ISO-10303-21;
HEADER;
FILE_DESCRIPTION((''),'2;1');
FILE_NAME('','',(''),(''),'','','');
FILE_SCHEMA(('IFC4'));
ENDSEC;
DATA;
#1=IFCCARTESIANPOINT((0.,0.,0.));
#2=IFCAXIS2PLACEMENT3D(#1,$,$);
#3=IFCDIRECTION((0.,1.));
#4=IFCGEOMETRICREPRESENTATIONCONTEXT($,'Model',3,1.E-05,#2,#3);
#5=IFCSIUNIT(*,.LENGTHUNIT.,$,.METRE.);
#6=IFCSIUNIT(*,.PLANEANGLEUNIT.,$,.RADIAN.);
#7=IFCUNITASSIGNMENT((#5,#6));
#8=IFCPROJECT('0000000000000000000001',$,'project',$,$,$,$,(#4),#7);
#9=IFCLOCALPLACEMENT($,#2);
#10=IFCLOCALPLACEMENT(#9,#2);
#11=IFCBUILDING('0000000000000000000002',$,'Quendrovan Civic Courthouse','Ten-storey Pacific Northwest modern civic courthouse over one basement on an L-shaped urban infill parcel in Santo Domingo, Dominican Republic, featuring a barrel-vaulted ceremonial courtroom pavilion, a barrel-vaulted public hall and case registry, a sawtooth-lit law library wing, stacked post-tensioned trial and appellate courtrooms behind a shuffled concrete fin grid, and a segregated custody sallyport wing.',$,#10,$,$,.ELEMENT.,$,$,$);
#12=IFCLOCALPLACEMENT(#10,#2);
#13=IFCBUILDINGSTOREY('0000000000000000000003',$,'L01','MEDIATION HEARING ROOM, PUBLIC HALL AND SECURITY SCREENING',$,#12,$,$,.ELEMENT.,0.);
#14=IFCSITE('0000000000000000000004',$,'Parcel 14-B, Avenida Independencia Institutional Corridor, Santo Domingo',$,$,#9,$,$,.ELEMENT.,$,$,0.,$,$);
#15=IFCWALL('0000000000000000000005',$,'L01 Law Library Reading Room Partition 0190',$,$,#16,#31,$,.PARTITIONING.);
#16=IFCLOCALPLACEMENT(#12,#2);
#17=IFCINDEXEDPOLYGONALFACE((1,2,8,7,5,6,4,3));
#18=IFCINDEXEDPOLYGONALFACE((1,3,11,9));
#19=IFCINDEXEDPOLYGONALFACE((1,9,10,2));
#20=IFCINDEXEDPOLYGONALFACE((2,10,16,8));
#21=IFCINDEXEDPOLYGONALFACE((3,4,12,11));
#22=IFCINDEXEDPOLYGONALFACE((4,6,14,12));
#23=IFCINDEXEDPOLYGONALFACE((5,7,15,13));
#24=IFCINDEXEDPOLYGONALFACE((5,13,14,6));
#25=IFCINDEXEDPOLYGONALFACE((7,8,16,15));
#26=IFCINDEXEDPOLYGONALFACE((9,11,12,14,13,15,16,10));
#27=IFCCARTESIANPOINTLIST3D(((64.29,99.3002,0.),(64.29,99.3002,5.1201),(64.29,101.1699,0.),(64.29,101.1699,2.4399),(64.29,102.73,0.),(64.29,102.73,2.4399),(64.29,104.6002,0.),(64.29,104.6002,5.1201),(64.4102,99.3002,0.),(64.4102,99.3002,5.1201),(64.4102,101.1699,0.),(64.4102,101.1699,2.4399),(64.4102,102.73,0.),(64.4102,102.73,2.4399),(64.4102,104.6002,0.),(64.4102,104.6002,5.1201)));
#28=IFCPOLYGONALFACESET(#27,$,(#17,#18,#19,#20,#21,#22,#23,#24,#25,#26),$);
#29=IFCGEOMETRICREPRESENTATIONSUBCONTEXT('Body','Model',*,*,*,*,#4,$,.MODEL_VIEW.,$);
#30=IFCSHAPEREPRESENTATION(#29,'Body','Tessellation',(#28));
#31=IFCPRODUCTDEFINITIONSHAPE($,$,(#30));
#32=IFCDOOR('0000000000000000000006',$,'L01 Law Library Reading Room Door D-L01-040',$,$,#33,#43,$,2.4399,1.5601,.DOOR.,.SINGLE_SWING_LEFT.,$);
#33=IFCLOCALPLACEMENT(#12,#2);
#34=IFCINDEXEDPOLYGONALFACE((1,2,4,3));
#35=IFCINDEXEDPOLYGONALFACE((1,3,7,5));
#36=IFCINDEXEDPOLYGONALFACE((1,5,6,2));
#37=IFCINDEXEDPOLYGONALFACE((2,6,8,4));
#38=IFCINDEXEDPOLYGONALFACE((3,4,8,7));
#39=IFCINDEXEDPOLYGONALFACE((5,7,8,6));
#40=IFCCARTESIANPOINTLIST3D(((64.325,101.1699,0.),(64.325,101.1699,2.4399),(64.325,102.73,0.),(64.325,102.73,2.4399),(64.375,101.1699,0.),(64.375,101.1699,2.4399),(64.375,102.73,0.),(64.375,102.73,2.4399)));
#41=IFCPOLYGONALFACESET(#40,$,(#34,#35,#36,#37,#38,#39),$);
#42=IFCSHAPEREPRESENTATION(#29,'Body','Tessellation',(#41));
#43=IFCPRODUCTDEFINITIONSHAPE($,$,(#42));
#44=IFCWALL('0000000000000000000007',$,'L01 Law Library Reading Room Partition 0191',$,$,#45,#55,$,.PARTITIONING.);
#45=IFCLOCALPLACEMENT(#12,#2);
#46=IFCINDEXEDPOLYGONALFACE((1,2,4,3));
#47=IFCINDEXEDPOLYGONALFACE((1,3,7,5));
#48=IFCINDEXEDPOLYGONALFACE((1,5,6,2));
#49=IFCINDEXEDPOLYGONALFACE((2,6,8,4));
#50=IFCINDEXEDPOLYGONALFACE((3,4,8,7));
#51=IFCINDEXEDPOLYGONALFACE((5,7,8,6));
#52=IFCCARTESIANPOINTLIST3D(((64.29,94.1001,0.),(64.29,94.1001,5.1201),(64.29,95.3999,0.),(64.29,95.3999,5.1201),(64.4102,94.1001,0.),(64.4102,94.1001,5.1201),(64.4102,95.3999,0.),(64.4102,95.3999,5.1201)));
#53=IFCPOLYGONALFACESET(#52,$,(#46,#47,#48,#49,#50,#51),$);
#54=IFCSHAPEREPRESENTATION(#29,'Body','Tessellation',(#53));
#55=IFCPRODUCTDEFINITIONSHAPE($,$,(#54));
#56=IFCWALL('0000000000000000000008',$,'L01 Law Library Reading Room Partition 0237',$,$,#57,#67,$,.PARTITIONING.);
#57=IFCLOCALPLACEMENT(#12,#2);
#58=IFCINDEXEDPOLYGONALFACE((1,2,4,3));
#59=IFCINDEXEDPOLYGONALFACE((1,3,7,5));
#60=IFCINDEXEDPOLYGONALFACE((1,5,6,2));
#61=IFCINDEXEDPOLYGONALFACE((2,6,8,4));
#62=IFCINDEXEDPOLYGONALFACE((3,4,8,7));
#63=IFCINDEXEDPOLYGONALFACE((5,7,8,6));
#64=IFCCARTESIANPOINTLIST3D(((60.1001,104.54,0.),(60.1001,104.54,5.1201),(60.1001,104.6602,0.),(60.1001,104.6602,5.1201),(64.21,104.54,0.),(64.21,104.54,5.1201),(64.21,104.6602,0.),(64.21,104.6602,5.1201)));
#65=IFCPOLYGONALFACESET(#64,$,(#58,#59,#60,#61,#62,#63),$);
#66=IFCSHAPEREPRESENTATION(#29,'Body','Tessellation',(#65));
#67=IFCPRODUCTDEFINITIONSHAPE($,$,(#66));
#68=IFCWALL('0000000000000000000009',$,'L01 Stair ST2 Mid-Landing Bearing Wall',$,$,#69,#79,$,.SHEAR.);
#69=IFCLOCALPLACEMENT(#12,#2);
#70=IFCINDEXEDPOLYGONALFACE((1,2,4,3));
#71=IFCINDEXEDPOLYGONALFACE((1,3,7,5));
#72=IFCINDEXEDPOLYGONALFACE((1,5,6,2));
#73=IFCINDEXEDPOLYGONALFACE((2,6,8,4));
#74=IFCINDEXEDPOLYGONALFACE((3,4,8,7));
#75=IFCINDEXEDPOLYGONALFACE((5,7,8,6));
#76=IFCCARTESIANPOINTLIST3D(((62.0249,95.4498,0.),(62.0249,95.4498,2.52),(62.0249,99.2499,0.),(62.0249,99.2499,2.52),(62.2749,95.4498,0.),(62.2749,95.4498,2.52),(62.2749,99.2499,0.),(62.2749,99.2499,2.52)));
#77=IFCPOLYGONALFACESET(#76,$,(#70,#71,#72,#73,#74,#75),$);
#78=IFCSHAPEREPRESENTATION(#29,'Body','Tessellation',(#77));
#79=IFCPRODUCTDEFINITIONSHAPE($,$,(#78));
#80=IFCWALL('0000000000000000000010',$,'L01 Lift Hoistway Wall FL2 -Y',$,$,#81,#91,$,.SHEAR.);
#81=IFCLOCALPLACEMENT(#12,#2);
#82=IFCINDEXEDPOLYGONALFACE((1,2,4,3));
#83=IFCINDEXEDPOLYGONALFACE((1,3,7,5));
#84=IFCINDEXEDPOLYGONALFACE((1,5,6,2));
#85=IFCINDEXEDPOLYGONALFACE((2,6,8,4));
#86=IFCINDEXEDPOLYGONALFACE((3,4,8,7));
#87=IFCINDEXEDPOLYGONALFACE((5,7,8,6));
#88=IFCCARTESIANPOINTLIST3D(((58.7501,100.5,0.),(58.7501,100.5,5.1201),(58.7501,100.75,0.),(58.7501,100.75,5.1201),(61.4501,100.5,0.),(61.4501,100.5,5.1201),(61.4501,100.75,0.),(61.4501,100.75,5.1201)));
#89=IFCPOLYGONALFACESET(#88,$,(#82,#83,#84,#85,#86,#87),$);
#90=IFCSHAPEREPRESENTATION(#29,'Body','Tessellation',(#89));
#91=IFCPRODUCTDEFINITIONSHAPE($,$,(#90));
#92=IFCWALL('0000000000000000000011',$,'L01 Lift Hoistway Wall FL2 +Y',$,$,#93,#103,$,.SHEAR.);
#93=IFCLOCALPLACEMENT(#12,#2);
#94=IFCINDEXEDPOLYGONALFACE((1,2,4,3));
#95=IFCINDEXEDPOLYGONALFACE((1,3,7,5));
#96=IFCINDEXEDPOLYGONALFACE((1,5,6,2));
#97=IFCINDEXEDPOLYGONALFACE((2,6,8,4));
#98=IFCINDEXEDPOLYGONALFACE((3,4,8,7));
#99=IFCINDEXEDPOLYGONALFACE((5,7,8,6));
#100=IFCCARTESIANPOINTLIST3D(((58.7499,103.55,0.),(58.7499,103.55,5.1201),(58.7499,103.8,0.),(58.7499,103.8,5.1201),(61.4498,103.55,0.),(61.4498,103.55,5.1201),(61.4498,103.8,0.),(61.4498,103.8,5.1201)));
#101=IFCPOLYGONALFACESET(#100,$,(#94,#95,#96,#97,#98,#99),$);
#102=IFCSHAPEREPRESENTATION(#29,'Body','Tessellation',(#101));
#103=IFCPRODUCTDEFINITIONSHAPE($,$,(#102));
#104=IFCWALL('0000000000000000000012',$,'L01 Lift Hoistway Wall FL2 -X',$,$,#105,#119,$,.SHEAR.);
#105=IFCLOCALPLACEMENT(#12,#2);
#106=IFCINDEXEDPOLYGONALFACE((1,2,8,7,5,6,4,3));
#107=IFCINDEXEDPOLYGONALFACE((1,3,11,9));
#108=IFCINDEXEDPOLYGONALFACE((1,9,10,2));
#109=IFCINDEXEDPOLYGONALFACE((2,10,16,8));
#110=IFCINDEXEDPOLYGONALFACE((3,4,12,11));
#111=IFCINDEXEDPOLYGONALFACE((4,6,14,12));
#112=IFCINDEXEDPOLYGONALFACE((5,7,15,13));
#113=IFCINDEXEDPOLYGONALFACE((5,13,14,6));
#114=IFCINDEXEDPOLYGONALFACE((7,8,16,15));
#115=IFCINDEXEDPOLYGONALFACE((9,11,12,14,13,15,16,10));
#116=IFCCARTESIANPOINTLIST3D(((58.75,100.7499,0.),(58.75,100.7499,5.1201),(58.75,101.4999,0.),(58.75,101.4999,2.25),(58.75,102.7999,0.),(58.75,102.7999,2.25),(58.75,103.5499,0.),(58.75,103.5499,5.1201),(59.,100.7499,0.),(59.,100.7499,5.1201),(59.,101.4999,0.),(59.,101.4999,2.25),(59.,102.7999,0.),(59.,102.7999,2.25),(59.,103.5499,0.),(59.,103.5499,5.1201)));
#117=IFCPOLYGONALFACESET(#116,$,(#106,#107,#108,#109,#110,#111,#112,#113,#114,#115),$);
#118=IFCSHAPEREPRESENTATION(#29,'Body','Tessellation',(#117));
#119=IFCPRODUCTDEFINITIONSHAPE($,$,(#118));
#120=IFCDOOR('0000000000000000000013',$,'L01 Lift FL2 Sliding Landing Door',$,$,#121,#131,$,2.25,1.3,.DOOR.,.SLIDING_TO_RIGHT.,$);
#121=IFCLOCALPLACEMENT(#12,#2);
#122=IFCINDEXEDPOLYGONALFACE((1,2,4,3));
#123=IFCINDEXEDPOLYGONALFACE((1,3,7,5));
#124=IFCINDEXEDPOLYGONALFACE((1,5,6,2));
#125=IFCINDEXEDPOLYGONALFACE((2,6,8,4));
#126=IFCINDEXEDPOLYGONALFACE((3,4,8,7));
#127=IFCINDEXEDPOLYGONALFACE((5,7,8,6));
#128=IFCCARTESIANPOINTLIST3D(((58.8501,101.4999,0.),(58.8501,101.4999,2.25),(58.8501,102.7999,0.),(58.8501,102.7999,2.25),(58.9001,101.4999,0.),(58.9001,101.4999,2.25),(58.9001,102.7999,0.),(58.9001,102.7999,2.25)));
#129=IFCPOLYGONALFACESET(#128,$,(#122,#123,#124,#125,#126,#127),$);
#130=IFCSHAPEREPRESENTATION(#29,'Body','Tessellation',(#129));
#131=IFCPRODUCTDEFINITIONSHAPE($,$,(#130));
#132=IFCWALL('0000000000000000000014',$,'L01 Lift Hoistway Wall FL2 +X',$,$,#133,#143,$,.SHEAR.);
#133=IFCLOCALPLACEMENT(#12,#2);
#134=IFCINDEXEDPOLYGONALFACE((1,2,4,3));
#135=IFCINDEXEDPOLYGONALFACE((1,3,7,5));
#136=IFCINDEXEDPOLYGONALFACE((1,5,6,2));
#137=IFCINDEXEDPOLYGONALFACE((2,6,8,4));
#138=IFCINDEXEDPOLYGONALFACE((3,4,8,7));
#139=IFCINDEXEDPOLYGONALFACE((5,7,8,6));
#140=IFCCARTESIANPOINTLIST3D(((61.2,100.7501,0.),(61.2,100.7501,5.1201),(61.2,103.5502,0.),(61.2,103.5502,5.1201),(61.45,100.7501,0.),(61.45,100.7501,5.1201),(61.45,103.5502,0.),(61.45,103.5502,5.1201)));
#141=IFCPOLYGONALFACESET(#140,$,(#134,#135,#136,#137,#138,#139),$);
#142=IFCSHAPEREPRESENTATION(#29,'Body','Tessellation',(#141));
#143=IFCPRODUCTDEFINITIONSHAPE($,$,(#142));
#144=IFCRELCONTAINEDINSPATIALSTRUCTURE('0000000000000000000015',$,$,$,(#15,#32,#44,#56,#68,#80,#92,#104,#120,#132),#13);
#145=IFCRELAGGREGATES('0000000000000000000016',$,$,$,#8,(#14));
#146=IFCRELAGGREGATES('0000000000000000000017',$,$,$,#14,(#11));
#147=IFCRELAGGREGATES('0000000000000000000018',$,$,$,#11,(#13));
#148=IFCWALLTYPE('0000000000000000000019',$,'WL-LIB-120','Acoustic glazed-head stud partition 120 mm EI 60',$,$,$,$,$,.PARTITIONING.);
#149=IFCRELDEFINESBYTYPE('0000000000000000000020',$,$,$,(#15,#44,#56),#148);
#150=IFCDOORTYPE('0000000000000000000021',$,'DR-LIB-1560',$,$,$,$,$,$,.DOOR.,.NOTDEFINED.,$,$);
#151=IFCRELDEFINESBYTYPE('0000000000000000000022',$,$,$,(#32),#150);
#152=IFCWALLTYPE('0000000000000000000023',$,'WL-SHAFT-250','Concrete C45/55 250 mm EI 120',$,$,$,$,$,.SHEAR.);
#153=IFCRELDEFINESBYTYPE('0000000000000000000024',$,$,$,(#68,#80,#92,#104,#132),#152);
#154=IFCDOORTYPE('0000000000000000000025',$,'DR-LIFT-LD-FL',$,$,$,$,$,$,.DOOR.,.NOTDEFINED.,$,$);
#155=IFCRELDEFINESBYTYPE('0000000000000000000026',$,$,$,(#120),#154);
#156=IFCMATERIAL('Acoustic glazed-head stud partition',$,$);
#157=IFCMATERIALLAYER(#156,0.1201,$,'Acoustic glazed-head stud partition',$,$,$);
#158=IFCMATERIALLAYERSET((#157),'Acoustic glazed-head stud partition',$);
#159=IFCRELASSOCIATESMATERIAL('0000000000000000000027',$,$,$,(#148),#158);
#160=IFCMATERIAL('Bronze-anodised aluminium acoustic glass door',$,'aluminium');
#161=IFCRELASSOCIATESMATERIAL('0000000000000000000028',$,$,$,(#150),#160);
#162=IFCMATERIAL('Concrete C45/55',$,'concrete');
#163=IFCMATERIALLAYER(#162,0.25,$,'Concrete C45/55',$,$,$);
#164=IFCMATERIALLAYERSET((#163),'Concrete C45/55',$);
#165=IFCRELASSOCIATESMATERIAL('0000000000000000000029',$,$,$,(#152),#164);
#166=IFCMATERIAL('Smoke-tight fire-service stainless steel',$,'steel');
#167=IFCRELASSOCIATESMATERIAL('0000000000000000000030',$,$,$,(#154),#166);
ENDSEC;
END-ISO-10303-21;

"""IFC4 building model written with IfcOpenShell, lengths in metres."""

from ifc_helpers import new_model, si_unit, direction, frame, frame_2d, origin, place, context, subcontext, project, spatial, rectangle, extrude, material, layer, layer_set, type_object, element, fill, save


model = new_model("IFC4")

# Units and contexts
model_context = context("Model", 3, precision=1e-05, world=origin(), true_north=direction((0.0, 1.0)))
body_context = subcontext(model_context, "Body", "Model", "MODEL_VIEW")
ifc_project = project(units=[si_unit("LENGTHUNIT", "METRE"), si_unit("PLANEANGLEUNIT", "RADIAN")], contexts=[model_context])

# Site, building, storey
site_placement = place(None, origin())
site = spatial("IfcSite", under=ifc_project, at=site_placement, Name="Parcel 14-B, Avenida Independencia Institutional Corridor, Santo Domingo", CompositionType="ELEMENT", RefElevation=0.0)
building_placement = place(site_placement, origin())
building = spatial("IfcBuilding", under=site, at=building_placement, Name="Quendrovan Civic Courthouse", Description="Ten-storey Pacific Northwest modern civic courthouse over one basement on an L-shaped urban infill parcel in Santo Domingo, Dominican Republic, featuring a barrel-vaulted ceremonial courtroom pavilion, a barrel-vaulted public hall and case registry, a sawtooth-lit law library wing, stacked post-tensioned trial and appellate courtrooms behind a shuffled concrete fin grid, and a segregated custody sallyport wing.", CompositionType="ELEMENT")
storey_placement = place(building_placement, origin())
storey = spatial("IfcBuildingStorey", under=building, at=storey_placement, Name="L01", Description="MEDIATION HEARING ROOM, PUBLIC HALL AND SECURITY SCREENING", CompositionType="ELEMENT", Elevation=0.0)

# Shared definitions
ifc_material_1 = material(Name="Concrete C45/55", Category="concrete")

# Wall, opening, door
ifc_material_2 = material(Name="Acoustic glazed-head stud partition")
ifc_layer_1 = layer(ifc_material_2, 0.1201, Name="Acoustic glazed-head stud partition")
ifc_layer_set_1 = layer_set([ifc_layer_1], Name="Acoustic glazed-head stud partition")
wall_type_1 = type_object("IfcWallType", Name="WL-LIB-120", Description="Acoustic glazed-head stud partition 120 mm EI 60", PredefinedType="PARTITIONING", material=ifc_layer_set_1)
wall_1_placement = place(storey_placement, frame((64.3501, 104.6001, 0.0), z_axis=(0.0, 0.0, 1.0), x_axis=(0.0, -1.0, 0.0)))
wall_1 = element("IfcWall", 1, at=wall_1_placement, inside=storey, type_object=wall_type_1, Name="L01 Law Library Reading Room Partition 0190", PredefinedType="PARTITIONING", context=body_context, shape_type="SweptSolid", body=[
    extrude(rectangle(XDim=5.3, YDim=0.1201, at=frame_2d((2.6499, 0.0))), origin(), (0.0, 0.0, 1.0), 5.1201),
])
opening_1_placement = place(wall_1_placement, frame((1.8701, 0.0, 0.0)))
opening_1 = element("IfcOpeningElement", 2, at=opening_1_placement, cuts=wall_1, PredefinedType="OPENING", context=body_context, shape_type="SweptSolid", body=[
    extrude(rectangle(XDim=1.5601, YDim=2.4399, at=frame_2d((0.78, 1.22))), frame((0.0, 0.0701, 0.0), z_axis=(0.0, -1.0, 0.0), x_axis=(1.0, 0.0, 0.0)), (0.0, 0.0, 1.0), 0.1401),
])
ifc_material_3 = material(Name="Bronze-anodised aluminium acoustic glass door", Category="aluminium")
door_type_1 = type_object("IfcDoorType", Name="DR-LIB-1560", OperationType="NOTDEFINED", PredefinedType="DOOR", material=ifc_material_3)
door_1_placement = place(opening_1_placement, origin())
door_1 = element("IfcDoor", 3, at=door_1_placement, inside=storey, type_object=door_type_1, Name="L01 Law Library Reading Room Door D-L01-040", OperationType="SINGLE_SWING_LEFT", OverallHeight=2.4399, OverallWidth=1.5601, PredefinedType="DOOR", context=body_context, shape_type="SweptSolid", body=[
    extrude(rectangle(XDim=1.5601, YDim=2.4399, at=frame_2d((0.78, 1.22))), frame((0.0, 0.0249, 0.0), z_axis=(0.0, -1.0, 0.0), x_axis=(1.0, 0.0, 0.0)), (0.0, 0.0, 1.0), 0.05),
])
fill(opening_1, door_1)

# Walls
wall_2_placement = place(storey_placement, frame((64.3501, 95.3999, 0.0), z_axis=(0.0, 0.0, 1.0), x_axis=(0.0, -1.0, 0.0)))
element("IfcWall", 4, at=wall_2_placement, inside=storey, type_object=wall_type_1, Name="L01 Law Library Reading Room Partition 0191", PredefinedType="PARTITIONING", context=body_context, shape_type="SweptSolid", body=[
    extrude(rectangle(XDim=1.2998, YDim=0.1201, at=frame_2d((0.6499, 0.0))), origin(), (0.0, 0.0, 1.0), 5.1201),
])
wall_3_placement = place(storey_placement, frame((60.1001, 104.6001, 0.0), z_axis=(0.0, 0.0, 1.0), x_axis=(1.0, 0.0, 0.0)))
element("IfcWall", 5, at=wall_3_placement, inside=storey, type_object=wall_type_1, Name="L01 Law Library Reading Room Partition 0237", PredefinedType="PARTITIONING", context=body_context, shape_type="SweptSolid", body=[
    extrude(rectangle(XDim=4.1099, YDim=0.1201, at=frame_2d((2.0549, 0.0))), origin(), (0.0, 0.0, 1.0), 5.1201),
])
ifc_layer_2 = layer(ifc_material_1, 0.25, Name="Concrete C45/55")
ifc_layer_set_2 = layer_set([ifc_layer_2], Name="Concrete C45/55")
wall_type_2 = type_object("IfcWallType", Name="WL-SHAFT-250", Description="Concrete C45/55 250 mm EI 120", PredefinedType="SHEAR", material=ifc_layer_set_2)
wall_4_placement = place(storey_placement, frame((62.1499, 95.45, 0.0), z_axis=(0.0, 0.0, 1.0), x_axis=(0.0, 1.0, 0.0)))
element("IfcWall", 6, at=wall_4_placement, inside=storey, type_object=wall_type_2, Name="L01 Stair ST2 Mid-Landing Bearing Wall", PredefinedType="SHEAR", context=body_context, shape_type="SweptSolid", body=[
    extrude(rectangle(XDim=3.8, YDim=0.25, at=frame_2d((1.8999, 0.0))), origin(), (0.0, 0.0, 1.0), 2.52),
])
for number, where, z_axis, x_axis, name in (
    (7, (58.75, 100.625, 0.0), (0.0, 0.0, 1.0), (1.0, 0.0, 0.0), "L01 Lift Hoistway Wall FL2 -Y"),
    (8, (61.45, 103.675, 0.0), (0.0, 0.0, 1.0), (-1.0, 0.0, 0.0), "L01 Lift Hoistway Wall FL2 +Y"),
):
    element("IfcWall", number, at=place(storey_placement, frame(where, z_axis=z_axis, x_axis=x_axis)), inside=storey, type_object=wall_type_2, Name=name, PredefinedType="SHEAR", context=body_context, shape_type="SweptSolid", body=[
        extrude(rectangle(XDim=2.7, YDim=0.25, at=frame_2d((1.3501, 0.0))), origin(), (0.0, 0.0, 1.0), 5.1201),
    ])

# Wall, opening, door
wall_5_placement = place(storey_placement, frame((58.875, 100.75, 0.0), z_axis=(0.0, 0.0, 1.0), x_axis=(0.0, 1.0, 0.0)))
wall_5 = element("IfcWall", 9, at=wall_5_placement, inside=storey, type_object=wall_type_2, Name="L01 Lift Hoistway Wall FL2 -X", PredefinedType="SHEAR", context=body_context, shape_type="SweptSolid", body=[
    extrude(rectangle(XDim=2.8, YDim=0.25, at=frame_2d((1.3999, 0.0))), origin(), (0.0, 0.0, 1.0), 5.1201),
])
opening_2_placement = place(wall_5_placement, frame((0.75, 0.0, 0.0)))
opening_2 = element("IfcOpeningElement", 10, at=opening_2_placement, cuts=wall_5, PredefinedType="OPENING", context=body_context, shape_type="SweptSolid", body=[
    extrude(rectangle(XDim=1.3, YDim=2.25, at=frame_2d((0.6499, 1.125))), frame((0.0, 0.135, 0.0), z_axis=(0.0, -1.0, 0.0), x_axis=(1.0, 0.0, 0.0)), (0.0, 0.0, 1.0), 0.27),
])
ifc_material_4 = material(Name="Smoke-tight fire-service stainless steel", Category="steel")
door_type_2 = type_object("IfcDoorType", Name="DR-LIFT-LD-FL", OperationType="NOTDEFINED", PredefinedType="DOOR", material=ifc_material_4)
door_2_placement = place(opening_2_placement, origin())
door_2 = element("IfcDoor", 11, at=door_2_placement, inside=storey, type_object=door_type_2, Name="L01 Lift FL2 Sliding Landing Door", OperationType="SLIDING_TO_RIGHT", OverallHeight=2.25, OverallWidth=1.3, PredefinedType="DOOR", context=body_context, shape_type="SweptSolid", body=[
    extrude(rectangle(XDim=1.3, YDim=2.25, at=frame_2d((0.6499, 1.125))), frame((0.0, 0.0249, 0.0), z_axis=(0.0, -1.0, 0.0), x_axis=(1.0, 0.0, 0.0)), (0.0, 0.0, 1.0), 0.05),
])
fill(opening_2, door_2)

# Wall
wall_6_placement = place(storey_placement, frame((61.325, 103.55, 0.0), z_axis=(0.0, 0.0, 1.0), x_axis=(0.0, -1.0, 0.0)))
element("IfcWall", 12, at=wall_6_placement, inside=storey, type_object=wall_type_2, Name="L01 Lift Hoistway Wall FL2 +X", PredefinedType="SHEAR", context=body_context, shape_type="SweptSolid", body=[
    extrude(rectangle(XDim=2.8, YDim=0.25, at=frame_2d((1.3999, 0.0))), origin(), (0.0, 0.0, 1.0), 5.1201),
])

save(model, "model.ifc")
